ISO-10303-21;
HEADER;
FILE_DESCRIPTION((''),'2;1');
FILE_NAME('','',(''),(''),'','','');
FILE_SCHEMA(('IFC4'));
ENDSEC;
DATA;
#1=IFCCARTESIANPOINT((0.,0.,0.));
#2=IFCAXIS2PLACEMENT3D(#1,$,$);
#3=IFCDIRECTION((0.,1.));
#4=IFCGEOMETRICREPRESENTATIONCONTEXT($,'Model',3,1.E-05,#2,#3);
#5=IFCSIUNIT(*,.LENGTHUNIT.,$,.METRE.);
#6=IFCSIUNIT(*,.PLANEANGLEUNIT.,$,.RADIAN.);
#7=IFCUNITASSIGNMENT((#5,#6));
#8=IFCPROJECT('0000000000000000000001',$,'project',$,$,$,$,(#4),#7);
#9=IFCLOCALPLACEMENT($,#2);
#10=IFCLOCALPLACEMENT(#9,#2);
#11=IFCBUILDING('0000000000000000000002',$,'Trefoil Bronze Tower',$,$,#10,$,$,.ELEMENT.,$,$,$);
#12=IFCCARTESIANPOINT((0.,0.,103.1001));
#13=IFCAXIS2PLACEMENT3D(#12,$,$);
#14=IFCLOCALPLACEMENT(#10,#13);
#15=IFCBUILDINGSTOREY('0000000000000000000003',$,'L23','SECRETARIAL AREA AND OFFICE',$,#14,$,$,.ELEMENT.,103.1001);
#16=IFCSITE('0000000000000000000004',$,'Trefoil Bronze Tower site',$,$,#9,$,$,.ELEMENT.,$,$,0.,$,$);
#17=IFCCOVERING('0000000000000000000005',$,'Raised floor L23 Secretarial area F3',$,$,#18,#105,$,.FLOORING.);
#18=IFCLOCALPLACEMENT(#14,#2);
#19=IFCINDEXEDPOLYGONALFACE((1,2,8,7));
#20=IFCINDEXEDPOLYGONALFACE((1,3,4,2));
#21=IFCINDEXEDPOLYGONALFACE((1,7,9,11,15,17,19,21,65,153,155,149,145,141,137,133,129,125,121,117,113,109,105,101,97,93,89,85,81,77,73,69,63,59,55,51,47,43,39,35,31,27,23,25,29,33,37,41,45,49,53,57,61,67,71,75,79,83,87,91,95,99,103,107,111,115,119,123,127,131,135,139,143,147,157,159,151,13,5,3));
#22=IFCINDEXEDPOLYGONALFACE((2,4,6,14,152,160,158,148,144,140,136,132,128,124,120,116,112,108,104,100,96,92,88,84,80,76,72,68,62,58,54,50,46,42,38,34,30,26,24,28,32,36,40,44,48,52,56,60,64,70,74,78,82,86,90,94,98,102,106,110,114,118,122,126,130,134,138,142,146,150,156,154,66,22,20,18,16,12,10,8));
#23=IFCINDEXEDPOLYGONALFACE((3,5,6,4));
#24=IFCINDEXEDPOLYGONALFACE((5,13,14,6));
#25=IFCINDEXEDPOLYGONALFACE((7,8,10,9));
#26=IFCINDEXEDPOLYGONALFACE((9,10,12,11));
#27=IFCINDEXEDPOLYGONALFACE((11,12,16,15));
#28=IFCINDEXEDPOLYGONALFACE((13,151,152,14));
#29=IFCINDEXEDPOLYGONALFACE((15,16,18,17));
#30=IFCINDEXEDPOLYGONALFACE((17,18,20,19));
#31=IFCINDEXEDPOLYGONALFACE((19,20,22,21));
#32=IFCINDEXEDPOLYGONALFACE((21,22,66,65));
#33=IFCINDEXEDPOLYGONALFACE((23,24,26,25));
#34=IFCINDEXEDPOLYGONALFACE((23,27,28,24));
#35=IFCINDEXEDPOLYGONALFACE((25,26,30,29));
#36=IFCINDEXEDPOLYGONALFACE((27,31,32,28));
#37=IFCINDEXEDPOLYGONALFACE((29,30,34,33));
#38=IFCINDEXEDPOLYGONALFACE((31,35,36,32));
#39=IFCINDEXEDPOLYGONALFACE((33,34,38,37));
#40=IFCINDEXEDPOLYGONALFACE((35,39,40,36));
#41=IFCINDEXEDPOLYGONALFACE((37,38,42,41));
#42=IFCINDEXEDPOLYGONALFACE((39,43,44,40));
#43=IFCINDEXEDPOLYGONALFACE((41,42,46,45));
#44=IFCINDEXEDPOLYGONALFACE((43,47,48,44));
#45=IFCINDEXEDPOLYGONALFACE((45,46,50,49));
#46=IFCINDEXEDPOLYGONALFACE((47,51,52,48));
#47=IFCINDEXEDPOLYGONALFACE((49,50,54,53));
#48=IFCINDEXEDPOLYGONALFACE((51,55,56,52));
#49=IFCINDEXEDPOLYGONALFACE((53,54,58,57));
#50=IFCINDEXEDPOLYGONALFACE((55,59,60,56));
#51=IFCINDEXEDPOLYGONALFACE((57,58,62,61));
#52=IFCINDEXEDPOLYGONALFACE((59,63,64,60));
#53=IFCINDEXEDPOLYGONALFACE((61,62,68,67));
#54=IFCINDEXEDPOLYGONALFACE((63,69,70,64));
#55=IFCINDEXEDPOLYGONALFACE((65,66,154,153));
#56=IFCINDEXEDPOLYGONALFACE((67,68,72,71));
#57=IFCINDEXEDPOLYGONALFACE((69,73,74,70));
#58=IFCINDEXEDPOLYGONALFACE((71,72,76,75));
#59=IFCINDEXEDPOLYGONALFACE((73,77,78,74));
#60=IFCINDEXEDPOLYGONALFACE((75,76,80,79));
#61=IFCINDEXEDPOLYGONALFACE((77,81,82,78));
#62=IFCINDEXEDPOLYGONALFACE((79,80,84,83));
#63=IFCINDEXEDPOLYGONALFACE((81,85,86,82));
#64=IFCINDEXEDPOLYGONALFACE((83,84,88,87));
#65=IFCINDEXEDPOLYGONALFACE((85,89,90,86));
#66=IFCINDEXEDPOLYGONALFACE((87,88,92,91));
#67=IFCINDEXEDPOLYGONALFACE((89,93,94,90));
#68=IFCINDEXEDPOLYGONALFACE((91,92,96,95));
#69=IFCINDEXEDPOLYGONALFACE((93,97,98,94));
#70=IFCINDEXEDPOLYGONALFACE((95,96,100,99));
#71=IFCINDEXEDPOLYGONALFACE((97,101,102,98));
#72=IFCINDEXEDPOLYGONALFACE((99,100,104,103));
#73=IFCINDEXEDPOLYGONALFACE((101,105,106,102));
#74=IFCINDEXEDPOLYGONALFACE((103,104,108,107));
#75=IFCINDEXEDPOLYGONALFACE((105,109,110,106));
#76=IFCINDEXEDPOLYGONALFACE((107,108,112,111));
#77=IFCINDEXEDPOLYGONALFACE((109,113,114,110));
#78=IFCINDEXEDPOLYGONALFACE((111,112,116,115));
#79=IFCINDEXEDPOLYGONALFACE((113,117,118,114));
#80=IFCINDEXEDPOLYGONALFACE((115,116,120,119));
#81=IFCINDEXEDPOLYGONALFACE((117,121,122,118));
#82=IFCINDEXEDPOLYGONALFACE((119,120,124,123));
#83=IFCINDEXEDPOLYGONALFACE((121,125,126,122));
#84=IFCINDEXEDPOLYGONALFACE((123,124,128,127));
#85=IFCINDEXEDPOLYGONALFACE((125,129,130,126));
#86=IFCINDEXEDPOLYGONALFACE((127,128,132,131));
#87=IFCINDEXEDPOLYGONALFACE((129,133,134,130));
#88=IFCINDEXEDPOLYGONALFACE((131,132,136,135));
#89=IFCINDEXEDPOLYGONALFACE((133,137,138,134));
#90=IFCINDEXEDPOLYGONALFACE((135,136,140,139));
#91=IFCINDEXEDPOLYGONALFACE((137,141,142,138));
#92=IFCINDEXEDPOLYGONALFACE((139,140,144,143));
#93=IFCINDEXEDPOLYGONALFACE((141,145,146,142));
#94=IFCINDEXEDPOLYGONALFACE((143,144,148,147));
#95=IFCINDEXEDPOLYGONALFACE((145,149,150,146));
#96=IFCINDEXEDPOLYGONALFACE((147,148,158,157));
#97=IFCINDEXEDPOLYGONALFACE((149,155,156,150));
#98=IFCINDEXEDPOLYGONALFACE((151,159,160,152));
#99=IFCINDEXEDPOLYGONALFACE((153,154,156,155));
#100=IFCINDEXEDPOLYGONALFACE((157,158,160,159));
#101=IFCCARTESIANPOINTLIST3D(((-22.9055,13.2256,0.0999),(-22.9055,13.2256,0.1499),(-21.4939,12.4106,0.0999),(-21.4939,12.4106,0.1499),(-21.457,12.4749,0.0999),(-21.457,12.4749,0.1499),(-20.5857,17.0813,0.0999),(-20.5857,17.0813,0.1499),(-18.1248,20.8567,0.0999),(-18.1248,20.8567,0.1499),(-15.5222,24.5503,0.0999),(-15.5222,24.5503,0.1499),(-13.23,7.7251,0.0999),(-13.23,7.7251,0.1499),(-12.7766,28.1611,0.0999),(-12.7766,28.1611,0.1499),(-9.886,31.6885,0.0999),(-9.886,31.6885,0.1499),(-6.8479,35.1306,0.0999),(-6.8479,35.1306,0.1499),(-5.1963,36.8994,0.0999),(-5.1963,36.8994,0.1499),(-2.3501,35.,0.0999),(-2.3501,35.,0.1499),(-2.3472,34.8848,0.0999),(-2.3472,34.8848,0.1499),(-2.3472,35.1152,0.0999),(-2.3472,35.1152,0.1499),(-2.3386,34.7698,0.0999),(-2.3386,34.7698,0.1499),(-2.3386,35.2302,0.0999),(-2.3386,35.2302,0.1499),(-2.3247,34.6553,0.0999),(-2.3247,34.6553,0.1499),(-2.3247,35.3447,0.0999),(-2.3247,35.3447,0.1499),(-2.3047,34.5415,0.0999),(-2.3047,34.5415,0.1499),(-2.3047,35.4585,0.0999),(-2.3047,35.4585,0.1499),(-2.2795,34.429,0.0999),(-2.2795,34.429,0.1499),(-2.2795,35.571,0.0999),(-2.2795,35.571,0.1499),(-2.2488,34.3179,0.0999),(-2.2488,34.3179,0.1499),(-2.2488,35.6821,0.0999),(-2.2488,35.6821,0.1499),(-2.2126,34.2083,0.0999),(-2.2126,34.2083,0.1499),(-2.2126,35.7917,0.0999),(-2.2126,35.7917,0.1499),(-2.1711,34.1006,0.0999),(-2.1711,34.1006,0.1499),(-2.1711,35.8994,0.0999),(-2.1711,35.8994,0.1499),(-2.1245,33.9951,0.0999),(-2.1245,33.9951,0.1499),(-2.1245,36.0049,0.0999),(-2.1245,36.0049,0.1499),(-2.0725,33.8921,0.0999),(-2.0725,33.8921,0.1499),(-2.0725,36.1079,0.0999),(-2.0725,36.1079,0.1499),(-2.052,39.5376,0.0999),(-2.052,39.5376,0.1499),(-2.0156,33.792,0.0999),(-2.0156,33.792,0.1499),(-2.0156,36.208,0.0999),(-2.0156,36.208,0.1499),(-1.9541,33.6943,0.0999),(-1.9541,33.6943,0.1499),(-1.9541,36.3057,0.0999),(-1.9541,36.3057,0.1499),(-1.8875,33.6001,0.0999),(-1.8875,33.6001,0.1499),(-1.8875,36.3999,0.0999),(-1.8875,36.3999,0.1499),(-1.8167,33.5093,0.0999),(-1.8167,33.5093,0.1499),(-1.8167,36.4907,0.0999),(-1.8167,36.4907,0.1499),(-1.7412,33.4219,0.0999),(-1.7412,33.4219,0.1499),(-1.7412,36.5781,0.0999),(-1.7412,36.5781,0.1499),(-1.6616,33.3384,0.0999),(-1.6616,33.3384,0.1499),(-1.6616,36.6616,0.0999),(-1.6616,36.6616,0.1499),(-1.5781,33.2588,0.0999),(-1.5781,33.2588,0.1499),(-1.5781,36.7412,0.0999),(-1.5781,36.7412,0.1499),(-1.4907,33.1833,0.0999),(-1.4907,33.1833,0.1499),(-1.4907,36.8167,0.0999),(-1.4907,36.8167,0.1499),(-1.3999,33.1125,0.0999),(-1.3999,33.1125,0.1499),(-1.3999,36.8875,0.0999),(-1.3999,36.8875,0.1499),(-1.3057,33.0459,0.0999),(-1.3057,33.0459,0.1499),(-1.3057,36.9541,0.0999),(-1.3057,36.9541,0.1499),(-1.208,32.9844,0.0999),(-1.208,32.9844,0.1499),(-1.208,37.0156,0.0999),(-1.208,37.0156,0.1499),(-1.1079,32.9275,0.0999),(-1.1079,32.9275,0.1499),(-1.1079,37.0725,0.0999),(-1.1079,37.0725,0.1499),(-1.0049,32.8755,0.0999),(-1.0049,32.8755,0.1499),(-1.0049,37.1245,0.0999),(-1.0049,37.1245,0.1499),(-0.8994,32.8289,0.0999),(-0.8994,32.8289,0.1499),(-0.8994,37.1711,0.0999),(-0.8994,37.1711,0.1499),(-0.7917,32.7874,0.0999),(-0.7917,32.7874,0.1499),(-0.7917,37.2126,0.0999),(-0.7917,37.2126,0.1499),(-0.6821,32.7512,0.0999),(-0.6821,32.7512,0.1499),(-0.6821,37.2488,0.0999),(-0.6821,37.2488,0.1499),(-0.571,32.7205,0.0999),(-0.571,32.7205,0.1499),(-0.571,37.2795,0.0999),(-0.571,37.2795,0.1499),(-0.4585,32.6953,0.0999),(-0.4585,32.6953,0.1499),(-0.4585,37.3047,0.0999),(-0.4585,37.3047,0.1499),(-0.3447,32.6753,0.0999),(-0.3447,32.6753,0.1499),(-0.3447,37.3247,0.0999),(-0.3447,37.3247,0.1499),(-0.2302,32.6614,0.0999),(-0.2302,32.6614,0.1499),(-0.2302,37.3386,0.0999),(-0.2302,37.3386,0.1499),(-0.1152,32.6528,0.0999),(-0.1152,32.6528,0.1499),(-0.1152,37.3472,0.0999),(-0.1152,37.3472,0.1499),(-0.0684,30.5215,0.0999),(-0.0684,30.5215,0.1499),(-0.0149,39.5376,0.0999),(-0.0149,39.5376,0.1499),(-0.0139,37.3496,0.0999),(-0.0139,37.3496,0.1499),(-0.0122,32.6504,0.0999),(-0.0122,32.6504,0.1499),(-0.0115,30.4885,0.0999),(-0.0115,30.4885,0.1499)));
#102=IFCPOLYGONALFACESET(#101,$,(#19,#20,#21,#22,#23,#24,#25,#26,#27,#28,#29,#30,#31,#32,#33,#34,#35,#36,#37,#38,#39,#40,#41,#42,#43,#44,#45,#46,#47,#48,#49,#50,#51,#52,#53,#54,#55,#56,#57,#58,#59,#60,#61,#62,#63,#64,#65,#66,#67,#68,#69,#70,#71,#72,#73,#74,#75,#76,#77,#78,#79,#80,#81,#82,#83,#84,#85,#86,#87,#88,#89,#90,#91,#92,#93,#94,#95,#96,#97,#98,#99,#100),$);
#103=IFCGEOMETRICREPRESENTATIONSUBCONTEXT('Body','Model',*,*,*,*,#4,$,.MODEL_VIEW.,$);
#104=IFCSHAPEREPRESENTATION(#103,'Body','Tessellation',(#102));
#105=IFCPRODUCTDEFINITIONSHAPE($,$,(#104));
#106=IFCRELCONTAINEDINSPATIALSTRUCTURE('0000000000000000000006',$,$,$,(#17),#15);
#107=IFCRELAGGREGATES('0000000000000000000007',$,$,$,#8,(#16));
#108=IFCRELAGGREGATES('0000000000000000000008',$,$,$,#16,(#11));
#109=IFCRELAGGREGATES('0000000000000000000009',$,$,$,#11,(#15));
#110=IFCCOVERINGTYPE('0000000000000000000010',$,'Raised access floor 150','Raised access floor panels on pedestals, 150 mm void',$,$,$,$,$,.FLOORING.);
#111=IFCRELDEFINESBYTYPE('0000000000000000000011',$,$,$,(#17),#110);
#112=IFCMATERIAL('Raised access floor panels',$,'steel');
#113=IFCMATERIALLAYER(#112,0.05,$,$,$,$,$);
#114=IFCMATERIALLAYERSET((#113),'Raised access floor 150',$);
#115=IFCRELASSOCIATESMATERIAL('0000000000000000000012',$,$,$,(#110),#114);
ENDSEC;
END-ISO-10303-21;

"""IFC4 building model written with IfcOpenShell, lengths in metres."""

from ifc_helpers import new_model, si_unit, direction, frame, origin, place, context, subcontext, project, spatial, polyline, outline, extrude, material, layer, layer_set, type_object, element, save


model = new_model("IFC4")

# Units and contexts
model_context = context("Model", 3, precision=1e-05, world=origin(), true_north=direction((0.0, 1.0)))
body_context = subcontext(model_context, "Body", "Model", "MODEL_VIEW")
ifc_project = project(units=[si_unit("LENGTHUNIT", "METRE"), si_unit("PLANEANGLEUNIT", "RADIAN")], contexts=[model_context])

# Site, building, storey
site_placement = place(None, origin())
site = spatial("IfcSite", under=ifc_project, at=site_placement, Name="Trefoil Bronze Tower site", CompositionType="ELEMENT", RefElevation=0.0)
building_placement = place(site_placement, origin())
building = spatial("IfcBuilding", under=site, at=building_placement, Name="Trefoil Bronze Tower", CompositionType="ELEMENT")
storey_placement = place(building_placement, frame((0.0, 0.0, 103.1001)))
storey = spatial("IfcBuildingStorey", under=building, at=storey_placement, Name="L23", Description="SECRETARIAL AREA AND OFFICE", CompositionType="ELEMENT", Elevation=103.1001)

# Covering
ifc_material_1 = material(Name="Raised access floor panels", Category="steel")
ifc_layer_1 = layer(ifc_material_1, 0.05)
ifc_layer_set_1 = layer_set([ifc_layer_1], Name="Raised access floor 150")
covering_type_1 = type_object("IfcCoveringType", Name="Raised access floor 150", Description="Raised access floor panels on pedestals, 150 mm void", PredefinedType="FLOORING", material=ifc_layer_set_1)
covering_1_placement = place(storey_placement, frame((0.0, 0.0, 0.0999)))
element("IfcCovering", 1, at=covering_1_placement, inside=storey, type_object=covering_type_1, Name="Raised floor L23 Secretarial area F3", PredefinedType="FLOORING", context=body_context, shape_type="SweptSolid", body=[
    extrude(outline(polyline([(-0.1152, 32.6528), (-0.0122, 32.6504), (-0.0115, 30.4885), (-0.0684, 30.5215), (-13.23, 7.7251), (-21.457, 12.4749), (-21.4939, 12.4106), (-22.9055, 13.2256), (-20.5857, 17.0813), (-18.1248, 20.8567), (-15.5222, 24.5503), (-12.7766, 28.1611), (-9.886, 31.6885), (-6.8479, 35.1306), (-5.1963, 36.8994), (-2.052, 39.5376), (-0.0149, 39.5376), (-0.0139, 37.3496), (-0.1152, 37.3472), (-0.2302, 37.3386), (-0.3447, 37.3247), (-0.4585, 37.3047), (-0.571, 37.2795), (-0.6821, 37.2488), (-0.7917, 37.2126), (-0.8994, 37.1711), (-1.0049, 37.1245), (-1.1079, 37.0725), (-1.208, 37.0156), (-1.3057, 36.9541), (-1.3999, 36.8875), (-1.4907, 36.8167), (-1.5781, 36.7412), (-1.6616, 36.6616), (-1.7412, 36.5781), (-1.8167, 36.4907), (-1.8875, 36.3999), (-1.9541, 36.3057), (-2.0156, 36.208), (-2.0725, 36.1079), (-2.1245, 36.0049), (-2.1711, 35.8994), (-2.2126, 35.7917), (-2.2488, 35.6821), (-2.2795, 35.571), (-2.3047, 35.4585), (-2.3247, 35.3447), (-2.3386, 35.2302), (-2.3472, 35.1152), (-2.3501, 35.0), (-2.3472, 34.8848), (-2.3386, 34.7698), (-2.3247, 34.6553), (-2.3047, 34.5415), (-2.2795, 34.429), (-2.2488, 34.3179), (-2.2126, 34.2083), (-2.1711, 34.1006), (-2.1245, 33.9951), (-2.0725, 33.8921), (-2.0156, 33.792), (-1.9541, 33.6943), (-1.8875, 33.6001), (-1.8167, 33.5093), (-1.7412, 33.4219), (-1.6616, 33.3384), (-1.5781, 33.2588), (-1.4907, 33.1833), (-1.3999, 33.1125), (-1.3057, 33.0459), (-1.208, 32.9844), (-1.1079, 32.9275), (-1.0049, 32.8755), (-0.8994, 32.8289), (-0.7917, 32.7874), (-0.6821, 32.7512), (-0.571, 32.7205), (-0.4585, 32.6953), (-0.3447, 32.6753), (-0.2302, 32.6614), (-0.1152, 32.6528)])), origin(), (0.0, 0.0, 1.0), 0.05),
])

save(model, "model.ifc")
